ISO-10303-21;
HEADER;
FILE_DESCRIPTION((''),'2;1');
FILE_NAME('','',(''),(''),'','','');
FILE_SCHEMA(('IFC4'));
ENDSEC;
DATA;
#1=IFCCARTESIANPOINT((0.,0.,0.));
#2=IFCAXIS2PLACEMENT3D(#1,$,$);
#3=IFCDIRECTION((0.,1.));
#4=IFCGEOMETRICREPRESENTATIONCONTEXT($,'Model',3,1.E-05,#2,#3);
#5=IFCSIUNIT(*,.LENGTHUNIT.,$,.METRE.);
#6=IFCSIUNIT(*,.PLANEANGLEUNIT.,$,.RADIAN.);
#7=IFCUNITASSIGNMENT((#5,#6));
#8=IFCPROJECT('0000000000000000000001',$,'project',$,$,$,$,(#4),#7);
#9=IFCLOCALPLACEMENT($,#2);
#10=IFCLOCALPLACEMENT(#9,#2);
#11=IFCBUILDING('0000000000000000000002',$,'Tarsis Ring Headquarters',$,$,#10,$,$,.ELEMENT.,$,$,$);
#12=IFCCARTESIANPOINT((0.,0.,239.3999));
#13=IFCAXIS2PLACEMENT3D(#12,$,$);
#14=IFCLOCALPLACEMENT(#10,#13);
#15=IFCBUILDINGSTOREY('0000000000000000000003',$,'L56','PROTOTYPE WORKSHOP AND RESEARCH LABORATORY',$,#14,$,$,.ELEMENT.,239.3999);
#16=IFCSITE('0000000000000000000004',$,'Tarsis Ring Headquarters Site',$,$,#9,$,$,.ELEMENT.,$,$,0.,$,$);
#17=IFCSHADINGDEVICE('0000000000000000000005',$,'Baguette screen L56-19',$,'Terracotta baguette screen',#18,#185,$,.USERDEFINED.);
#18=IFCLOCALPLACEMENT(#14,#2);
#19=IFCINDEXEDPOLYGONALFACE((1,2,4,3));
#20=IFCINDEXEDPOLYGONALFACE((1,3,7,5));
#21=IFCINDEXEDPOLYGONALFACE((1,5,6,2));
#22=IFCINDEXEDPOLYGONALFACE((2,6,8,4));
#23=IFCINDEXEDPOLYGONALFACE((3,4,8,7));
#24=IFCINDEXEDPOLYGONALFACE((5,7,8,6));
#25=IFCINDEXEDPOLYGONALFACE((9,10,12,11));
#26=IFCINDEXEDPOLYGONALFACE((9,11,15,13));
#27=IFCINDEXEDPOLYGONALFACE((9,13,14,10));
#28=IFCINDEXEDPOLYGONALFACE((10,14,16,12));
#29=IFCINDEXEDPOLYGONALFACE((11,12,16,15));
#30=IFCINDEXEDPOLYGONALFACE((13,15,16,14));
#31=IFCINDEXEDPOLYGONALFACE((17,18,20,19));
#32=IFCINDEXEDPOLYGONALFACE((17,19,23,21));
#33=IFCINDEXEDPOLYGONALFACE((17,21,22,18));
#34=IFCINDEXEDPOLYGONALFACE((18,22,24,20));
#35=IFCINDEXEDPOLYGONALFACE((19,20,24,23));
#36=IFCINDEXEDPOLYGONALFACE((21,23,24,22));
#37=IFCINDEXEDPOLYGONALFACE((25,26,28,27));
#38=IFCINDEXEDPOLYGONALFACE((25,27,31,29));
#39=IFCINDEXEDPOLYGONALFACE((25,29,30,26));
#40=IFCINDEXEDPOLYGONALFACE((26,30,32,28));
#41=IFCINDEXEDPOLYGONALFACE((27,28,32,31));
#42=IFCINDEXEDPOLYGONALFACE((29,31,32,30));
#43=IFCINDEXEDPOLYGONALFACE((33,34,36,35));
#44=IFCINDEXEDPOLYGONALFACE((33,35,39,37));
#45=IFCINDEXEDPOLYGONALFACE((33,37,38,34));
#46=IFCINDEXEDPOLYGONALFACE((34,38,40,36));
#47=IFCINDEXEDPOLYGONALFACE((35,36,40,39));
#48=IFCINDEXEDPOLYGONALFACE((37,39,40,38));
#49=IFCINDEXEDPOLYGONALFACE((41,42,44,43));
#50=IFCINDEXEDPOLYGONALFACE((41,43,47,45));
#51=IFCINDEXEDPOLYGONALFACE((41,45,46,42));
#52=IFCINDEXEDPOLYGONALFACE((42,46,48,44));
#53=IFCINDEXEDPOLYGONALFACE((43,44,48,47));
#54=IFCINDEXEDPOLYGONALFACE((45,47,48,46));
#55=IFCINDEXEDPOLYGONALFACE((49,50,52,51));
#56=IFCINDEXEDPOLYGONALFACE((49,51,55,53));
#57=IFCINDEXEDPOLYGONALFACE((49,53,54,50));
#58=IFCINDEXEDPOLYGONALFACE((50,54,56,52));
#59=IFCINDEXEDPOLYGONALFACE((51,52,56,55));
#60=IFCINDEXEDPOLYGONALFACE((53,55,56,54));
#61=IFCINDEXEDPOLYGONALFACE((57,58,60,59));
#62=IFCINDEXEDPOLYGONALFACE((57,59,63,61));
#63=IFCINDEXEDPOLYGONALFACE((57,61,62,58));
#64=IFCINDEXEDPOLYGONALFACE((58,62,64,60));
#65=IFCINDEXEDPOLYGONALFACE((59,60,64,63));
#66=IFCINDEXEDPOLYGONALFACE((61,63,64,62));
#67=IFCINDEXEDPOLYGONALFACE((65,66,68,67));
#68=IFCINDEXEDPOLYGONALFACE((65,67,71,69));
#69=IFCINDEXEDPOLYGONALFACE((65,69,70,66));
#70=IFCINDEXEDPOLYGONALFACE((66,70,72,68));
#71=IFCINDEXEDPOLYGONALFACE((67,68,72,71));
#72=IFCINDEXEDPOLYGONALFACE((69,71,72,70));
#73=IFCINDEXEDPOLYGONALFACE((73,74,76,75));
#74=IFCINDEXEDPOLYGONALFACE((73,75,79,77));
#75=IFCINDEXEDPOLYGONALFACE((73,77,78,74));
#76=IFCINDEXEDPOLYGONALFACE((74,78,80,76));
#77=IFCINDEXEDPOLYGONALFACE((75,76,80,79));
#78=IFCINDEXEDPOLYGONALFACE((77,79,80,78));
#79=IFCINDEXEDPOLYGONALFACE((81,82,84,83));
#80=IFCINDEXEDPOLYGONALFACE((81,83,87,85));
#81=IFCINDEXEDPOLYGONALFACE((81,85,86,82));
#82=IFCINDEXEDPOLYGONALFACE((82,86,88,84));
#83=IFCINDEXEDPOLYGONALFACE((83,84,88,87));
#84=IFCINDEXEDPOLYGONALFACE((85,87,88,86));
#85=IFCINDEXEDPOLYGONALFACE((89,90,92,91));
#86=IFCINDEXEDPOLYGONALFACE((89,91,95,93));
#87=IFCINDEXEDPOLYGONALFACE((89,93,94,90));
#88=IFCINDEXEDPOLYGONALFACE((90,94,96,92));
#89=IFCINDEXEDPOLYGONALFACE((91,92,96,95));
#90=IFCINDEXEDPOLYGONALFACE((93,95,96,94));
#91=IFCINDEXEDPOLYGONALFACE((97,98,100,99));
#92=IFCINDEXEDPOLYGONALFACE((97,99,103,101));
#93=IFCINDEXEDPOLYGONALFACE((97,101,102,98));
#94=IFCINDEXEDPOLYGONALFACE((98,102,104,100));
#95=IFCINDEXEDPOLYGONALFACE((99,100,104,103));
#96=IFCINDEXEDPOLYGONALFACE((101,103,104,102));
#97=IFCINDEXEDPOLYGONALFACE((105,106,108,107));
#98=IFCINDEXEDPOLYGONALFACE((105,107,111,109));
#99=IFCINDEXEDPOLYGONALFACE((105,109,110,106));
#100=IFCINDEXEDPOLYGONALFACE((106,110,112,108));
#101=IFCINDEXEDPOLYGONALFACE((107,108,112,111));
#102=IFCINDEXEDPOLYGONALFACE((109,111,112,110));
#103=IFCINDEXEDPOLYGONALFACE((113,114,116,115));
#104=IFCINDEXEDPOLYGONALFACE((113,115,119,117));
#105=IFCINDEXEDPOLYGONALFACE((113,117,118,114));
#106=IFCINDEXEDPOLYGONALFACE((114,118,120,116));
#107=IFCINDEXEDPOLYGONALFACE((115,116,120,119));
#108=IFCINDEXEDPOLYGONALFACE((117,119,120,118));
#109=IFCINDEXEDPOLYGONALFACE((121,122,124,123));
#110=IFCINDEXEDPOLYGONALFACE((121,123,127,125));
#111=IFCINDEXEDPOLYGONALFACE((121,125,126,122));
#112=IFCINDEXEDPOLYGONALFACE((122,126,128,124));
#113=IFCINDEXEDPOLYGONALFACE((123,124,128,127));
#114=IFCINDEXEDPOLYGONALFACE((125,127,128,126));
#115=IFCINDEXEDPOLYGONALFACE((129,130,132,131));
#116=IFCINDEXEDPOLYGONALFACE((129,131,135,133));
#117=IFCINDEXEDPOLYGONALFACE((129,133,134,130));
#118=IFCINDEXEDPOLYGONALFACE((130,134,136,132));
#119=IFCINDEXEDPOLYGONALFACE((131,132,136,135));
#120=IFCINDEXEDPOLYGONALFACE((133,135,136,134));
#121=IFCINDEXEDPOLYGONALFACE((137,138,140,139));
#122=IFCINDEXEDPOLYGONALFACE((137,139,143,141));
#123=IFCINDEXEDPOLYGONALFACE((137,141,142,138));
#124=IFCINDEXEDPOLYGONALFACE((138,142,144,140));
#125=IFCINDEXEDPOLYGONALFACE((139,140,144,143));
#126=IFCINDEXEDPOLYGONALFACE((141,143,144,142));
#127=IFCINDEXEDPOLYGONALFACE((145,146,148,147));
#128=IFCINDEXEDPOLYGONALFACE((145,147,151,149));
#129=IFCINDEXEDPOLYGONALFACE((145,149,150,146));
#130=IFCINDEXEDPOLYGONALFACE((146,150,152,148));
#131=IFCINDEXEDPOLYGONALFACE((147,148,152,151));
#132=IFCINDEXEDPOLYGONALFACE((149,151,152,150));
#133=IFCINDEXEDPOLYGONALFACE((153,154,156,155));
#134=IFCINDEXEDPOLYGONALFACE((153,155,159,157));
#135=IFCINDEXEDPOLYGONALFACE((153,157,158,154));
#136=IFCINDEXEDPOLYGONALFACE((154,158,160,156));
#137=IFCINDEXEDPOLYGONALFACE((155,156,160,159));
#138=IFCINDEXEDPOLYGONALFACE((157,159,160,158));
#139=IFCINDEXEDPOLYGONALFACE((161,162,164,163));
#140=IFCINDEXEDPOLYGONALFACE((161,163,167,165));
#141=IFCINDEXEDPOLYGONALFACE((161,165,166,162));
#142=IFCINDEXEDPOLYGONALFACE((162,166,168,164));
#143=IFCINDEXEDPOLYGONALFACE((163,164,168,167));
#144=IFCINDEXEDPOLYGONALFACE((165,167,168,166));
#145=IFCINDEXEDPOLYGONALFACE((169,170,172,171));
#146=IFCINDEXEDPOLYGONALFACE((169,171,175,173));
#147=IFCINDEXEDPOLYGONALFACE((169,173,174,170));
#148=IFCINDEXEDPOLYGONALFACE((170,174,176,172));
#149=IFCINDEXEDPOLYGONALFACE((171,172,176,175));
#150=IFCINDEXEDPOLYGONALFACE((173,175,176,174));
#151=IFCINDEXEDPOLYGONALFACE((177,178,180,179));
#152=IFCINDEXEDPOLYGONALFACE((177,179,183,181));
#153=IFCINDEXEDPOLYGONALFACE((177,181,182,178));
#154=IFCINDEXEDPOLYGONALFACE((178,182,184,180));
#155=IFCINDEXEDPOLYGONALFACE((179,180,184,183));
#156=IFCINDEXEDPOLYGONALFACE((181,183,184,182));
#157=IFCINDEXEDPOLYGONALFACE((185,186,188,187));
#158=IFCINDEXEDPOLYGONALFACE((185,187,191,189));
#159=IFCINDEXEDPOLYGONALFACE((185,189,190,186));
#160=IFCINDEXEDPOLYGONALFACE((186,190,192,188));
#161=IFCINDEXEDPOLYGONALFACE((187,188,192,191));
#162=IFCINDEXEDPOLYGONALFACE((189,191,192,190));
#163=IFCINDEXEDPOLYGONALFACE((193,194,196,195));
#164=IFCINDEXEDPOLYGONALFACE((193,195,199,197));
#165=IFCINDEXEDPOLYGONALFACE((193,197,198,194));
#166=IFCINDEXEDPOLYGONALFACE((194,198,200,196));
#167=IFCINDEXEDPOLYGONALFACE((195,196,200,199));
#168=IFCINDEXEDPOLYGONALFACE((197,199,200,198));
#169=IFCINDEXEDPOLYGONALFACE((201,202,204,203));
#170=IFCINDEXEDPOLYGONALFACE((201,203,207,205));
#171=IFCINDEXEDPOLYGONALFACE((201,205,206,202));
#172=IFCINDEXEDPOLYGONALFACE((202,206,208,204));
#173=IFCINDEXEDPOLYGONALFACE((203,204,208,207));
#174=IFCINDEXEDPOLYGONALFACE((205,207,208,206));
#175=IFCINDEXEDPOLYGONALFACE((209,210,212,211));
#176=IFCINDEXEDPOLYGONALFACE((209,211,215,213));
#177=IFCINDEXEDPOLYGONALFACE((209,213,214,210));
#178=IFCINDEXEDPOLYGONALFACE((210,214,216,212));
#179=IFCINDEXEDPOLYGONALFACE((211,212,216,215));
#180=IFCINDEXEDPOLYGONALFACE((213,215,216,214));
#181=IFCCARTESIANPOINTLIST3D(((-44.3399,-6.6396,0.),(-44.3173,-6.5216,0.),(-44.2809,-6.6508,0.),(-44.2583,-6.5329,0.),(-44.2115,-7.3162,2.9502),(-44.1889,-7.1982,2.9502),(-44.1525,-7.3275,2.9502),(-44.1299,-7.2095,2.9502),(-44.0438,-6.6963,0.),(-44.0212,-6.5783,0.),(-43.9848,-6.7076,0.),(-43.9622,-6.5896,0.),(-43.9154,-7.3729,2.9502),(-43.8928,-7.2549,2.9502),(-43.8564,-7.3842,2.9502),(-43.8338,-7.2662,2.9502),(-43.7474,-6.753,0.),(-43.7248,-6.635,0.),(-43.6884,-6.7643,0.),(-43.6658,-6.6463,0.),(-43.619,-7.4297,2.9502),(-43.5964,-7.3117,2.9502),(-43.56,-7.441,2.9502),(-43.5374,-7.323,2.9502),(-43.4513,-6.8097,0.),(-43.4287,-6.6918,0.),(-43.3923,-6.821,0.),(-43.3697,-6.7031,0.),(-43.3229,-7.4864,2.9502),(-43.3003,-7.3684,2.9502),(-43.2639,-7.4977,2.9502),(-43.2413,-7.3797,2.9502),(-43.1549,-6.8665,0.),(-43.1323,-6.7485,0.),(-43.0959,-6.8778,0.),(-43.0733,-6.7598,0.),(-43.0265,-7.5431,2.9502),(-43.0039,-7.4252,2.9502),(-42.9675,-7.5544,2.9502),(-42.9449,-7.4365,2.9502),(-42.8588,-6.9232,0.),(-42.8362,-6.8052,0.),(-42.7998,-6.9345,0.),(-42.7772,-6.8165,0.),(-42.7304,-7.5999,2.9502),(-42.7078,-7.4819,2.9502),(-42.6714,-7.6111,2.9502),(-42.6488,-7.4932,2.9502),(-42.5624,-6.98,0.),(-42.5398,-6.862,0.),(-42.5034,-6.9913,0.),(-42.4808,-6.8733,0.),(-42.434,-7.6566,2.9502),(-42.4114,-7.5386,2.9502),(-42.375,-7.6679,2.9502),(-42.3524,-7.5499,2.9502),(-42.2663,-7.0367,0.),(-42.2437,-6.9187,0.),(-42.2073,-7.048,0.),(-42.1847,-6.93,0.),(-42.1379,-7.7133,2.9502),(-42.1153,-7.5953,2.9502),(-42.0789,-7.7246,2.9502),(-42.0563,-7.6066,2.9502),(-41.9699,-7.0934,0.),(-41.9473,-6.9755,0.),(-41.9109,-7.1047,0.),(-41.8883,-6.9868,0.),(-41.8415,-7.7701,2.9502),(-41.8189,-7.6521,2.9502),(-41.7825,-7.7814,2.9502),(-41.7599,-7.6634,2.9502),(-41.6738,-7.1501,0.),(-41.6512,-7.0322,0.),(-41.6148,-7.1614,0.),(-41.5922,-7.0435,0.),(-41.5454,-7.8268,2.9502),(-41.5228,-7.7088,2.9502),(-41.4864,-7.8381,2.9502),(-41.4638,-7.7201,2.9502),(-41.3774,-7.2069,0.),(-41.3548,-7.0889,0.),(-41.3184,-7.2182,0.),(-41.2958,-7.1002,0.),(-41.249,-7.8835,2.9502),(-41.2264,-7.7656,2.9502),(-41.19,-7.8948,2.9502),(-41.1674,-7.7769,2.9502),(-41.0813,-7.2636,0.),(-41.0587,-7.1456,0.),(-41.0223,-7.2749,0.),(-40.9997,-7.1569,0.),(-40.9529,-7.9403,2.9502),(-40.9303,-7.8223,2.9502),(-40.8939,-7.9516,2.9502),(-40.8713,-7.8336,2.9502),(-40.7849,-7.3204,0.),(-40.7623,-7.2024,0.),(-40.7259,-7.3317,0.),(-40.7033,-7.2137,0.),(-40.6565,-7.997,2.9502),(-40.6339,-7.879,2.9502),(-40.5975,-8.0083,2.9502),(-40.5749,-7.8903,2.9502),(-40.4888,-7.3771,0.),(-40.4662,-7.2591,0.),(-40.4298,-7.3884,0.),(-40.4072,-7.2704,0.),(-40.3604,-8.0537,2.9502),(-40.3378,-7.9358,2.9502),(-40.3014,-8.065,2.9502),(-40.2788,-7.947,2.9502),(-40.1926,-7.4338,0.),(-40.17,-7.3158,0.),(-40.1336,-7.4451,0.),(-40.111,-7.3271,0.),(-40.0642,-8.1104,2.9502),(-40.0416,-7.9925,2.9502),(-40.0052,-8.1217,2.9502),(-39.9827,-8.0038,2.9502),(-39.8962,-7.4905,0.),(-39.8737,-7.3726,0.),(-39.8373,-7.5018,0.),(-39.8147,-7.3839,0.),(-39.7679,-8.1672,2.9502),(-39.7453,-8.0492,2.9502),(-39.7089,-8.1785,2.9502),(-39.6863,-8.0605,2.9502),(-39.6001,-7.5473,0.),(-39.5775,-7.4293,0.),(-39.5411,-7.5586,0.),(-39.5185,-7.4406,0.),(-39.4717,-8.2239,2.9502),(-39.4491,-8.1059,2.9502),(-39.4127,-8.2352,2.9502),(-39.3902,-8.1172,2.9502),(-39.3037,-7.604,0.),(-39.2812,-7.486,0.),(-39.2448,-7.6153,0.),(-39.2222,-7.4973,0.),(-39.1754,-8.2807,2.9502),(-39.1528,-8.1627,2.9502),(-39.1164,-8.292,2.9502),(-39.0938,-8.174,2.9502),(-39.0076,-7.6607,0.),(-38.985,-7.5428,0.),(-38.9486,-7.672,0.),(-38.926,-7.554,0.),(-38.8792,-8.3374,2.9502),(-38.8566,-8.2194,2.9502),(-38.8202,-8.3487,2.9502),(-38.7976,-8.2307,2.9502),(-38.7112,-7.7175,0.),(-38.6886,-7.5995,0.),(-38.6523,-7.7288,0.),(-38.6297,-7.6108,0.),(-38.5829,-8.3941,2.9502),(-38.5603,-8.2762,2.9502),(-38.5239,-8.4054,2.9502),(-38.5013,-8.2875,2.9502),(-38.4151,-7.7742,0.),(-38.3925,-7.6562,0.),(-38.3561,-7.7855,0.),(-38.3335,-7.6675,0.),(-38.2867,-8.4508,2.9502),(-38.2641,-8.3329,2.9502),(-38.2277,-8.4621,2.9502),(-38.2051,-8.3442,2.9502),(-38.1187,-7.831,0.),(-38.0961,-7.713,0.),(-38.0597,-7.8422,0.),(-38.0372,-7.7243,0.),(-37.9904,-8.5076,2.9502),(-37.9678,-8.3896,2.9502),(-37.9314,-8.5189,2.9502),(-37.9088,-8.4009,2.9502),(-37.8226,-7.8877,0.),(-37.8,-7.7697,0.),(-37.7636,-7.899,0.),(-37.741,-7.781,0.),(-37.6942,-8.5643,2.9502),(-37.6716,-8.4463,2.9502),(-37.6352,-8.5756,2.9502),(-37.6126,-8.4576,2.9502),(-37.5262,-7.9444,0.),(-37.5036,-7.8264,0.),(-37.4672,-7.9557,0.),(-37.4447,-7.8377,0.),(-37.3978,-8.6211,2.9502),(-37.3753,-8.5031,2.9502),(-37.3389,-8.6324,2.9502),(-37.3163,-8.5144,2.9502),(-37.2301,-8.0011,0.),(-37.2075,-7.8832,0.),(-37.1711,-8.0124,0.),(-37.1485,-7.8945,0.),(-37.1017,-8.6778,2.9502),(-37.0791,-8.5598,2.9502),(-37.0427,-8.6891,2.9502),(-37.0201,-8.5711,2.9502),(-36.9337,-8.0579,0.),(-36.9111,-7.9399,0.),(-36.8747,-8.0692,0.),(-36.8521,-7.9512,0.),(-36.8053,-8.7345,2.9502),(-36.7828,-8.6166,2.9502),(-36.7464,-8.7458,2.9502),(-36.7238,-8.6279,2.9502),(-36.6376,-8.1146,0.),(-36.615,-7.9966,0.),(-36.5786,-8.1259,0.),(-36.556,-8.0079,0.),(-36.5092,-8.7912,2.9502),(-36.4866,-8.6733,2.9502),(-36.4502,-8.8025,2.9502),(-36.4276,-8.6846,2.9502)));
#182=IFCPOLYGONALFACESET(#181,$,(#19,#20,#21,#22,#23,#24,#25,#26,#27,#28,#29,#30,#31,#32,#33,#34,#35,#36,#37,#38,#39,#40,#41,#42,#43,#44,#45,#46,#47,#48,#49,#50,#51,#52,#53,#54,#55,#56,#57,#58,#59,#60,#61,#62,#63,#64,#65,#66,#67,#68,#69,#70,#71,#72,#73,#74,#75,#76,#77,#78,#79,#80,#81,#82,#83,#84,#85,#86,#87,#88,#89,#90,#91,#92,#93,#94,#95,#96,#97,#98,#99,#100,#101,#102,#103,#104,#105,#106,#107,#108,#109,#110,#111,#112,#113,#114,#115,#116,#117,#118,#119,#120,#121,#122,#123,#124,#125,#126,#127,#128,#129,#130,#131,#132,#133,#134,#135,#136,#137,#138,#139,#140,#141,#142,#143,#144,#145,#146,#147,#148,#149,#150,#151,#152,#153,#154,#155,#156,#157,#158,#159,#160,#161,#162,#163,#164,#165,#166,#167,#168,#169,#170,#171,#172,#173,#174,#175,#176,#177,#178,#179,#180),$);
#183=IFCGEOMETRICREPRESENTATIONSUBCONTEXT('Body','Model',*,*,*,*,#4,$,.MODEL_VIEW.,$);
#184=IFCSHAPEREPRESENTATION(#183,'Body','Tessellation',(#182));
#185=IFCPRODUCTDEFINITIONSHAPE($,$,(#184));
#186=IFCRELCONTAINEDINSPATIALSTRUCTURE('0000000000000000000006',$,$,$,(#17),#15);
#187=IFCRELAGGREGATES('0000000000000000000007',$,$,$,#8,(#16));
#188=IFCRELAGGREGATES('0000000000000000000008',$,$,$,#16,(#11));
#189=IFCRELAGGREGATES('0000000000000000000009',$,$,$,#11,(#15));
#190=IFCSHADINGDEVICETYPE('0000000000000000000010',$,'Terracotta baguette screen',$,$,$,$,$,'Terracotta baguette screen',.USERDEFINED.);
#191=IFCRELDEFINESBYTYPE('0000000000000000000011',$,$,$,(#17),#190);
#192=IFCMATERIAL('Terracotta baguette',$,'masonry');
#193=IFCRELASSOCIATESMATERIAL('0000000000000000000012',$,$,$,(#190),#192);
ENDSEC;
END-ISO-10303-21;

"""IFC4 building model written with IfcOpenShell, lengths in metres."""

from ifc_helpers import new_model, si_unit, direction, frame, frame_2d, origin, place, context, subcontext, project, spatial, rectangle, composite_profile, extrude, material, type_object, element, save


model = new_model("IFC4")

# Units and contexts
model_context = context("Model", 3, precision=1e-05, world=origin(), true_north=direction((0.0, 1.0)))
body_context = subcontext(model_context, "Body", "Model", "MODEL_VIEW")
ifc_project = project(units=[si_unit("LENGTHUNIT", "METRE"), si_unit("PLANEANGLEUNIT", "RADIAN")], contexts=[model_context])

# Site, building, storey
site_placement = place(None, origin())
site = spatial("IfcSite", under=ifc_project, at=site_placement, Name="Tarsis Ring Headquarters Site", CompositionType="ELEMENT", RefElevation=0.0)
building_placement = place(site_placement, origin())
building = spatial("IfcBuilding", under=site, at=building_placement, Name="Tarsis Ring Headquarters", CompositionType="ELEMENT")
storey_placement = place(building_placement, frame((0.0, 0.0, 239.3999)))
storey = spatial("IfcBuildingStorey", under=building, at=storey_placement, Name="L56", Description="PROTOTYPE WORKSHOP AND RESEARCH LABORATORY", CompositionType="ELEMENT", Elevation=239.3999)

# Shading device
ifc_material_1 = material(Name="Terracotta baguette", Category="masonry")
shading_device_type_1 = type_object("IfcShadingDeviceType", Name="Terracotta baguette screen", ElementType="Terracotta baguette screen", PredefinedType="USERDEFINED", material=ifc_material_1)
shading_device_1_placement = place(storey_placement, frame((-44.3286, -6.5806, 0.0), z_axis=(0.0, 0.0, 1.0), x_axis=(0.982143, -0.188087, 0.0)))
element("IfcShadingDevice", 1, at=shading_device_1_placement, inside=storey, type_object=shading_device_type_1, Name="Baguette screen L56-19", ObjectType="Terracotta baguette screen", PredefinedType="USERDEFINED", context=body_context, shape_type="SweptSolid", body=[
    extrude(composite_profile([rectangle(XDim=0.0601, YDim=0.1201, at=frame_2d((0.03, 0.0))), rectangle(XDim=0.0601, YDim=0.1201, at=frame_2d((0.3315, 0.0))), rectangle(XDim=0.0601, YDim=0.1201, at=frame_2d((0.6333, 0.0))), rectangle(XDim=0.0601, YDim=0.1201, at=frame_2d((0.9348, 0.0))), rectangle(XDim=0.0601, YDim=0.1201, at=frame_2d((1.2366, 0.0))), rectangle(XDim=0.0601, YDim=0.1201, at=frame_2d((1.5381, 0.0))), rectangle(XDim=0.0601, YDim=0.1201, at=frame_2d((1.8398, 0.0))), rectangle(XDim=0.0601, YDim=0.1201, at=frame_2d((2.1414, 0.0))), rectangle(XDim=0.0601, YDim=0.1201, at=frame_2d((2.4431, 0.0))), rectangle(XDim=0.0601, YDim=0.1201, at=frame_2d((2.7446, 0.0))), rectangle(XDim=0.0601, YDim=0.1201, at=frame_2d((3.0464, 0.0))), rectangle(XDim=0.0601, YDim=0.1201, at=frame_2d((3.3479, 0.0))), rectangle(XDim=0.0601, YDim=0.1201, at=frame_2d((3.6497, 0.0))), rectangle(XDim=0.0601, YDim=0.1201, at=frame_2d((3.9512, 0.0))), rectangle(XDim=0.0601, YDim=0.1201, at=frame_2d((4.2527, 0.0))), rectangle(XDim=0.0601, YDim=0.1201, at=frame_2d((4.5544, 0.0))), rectangle(XDim=0.0601, YDim=0.1201, at=frame_2d((4.856, 0.0))), rectangle(XDim=0.0601, YDim=0.1201, at=frame_2d((5.1577, 0.0))), rectangle(XDim=0.0601, YDim=0.1201, at=frame_2d((5.4592, 0.0))), rectangle(XDim=0.0601, YDim=0.1201, at=frame_2d((5.761, 0.0))), rectangle(XDim=0.0601, YDim=0.1201, at=frame_2d((6.0625, 0.0))), rectangle(XDim=0.0601, YDim=0.1201, at=frame_2d((6.3643, 0.0))), rectangle(XDim=0.0601, YDim=0.1201, at=frame_2d((6.6658, 0.0))), rectangle(XDim=0.0601, YDim=0.1201, at=frame_2d((6.9675, 0.0))), rectangle(XDim=0.0601, YDim=0.1201, at=frame_2d((7.269, 0.0))), rectangle(XDim=0.0601, YDim=0.1201, at=frame_2d((7.5708, 0.0))), rectangle(XDim=0.0601, YDim=0.1201, at=frame_2d((7.8723, 0.0)))]), origin(), (0.08363, -0.211394, 0.973817), 3.0295),
])

save(model, "model.ifc")
